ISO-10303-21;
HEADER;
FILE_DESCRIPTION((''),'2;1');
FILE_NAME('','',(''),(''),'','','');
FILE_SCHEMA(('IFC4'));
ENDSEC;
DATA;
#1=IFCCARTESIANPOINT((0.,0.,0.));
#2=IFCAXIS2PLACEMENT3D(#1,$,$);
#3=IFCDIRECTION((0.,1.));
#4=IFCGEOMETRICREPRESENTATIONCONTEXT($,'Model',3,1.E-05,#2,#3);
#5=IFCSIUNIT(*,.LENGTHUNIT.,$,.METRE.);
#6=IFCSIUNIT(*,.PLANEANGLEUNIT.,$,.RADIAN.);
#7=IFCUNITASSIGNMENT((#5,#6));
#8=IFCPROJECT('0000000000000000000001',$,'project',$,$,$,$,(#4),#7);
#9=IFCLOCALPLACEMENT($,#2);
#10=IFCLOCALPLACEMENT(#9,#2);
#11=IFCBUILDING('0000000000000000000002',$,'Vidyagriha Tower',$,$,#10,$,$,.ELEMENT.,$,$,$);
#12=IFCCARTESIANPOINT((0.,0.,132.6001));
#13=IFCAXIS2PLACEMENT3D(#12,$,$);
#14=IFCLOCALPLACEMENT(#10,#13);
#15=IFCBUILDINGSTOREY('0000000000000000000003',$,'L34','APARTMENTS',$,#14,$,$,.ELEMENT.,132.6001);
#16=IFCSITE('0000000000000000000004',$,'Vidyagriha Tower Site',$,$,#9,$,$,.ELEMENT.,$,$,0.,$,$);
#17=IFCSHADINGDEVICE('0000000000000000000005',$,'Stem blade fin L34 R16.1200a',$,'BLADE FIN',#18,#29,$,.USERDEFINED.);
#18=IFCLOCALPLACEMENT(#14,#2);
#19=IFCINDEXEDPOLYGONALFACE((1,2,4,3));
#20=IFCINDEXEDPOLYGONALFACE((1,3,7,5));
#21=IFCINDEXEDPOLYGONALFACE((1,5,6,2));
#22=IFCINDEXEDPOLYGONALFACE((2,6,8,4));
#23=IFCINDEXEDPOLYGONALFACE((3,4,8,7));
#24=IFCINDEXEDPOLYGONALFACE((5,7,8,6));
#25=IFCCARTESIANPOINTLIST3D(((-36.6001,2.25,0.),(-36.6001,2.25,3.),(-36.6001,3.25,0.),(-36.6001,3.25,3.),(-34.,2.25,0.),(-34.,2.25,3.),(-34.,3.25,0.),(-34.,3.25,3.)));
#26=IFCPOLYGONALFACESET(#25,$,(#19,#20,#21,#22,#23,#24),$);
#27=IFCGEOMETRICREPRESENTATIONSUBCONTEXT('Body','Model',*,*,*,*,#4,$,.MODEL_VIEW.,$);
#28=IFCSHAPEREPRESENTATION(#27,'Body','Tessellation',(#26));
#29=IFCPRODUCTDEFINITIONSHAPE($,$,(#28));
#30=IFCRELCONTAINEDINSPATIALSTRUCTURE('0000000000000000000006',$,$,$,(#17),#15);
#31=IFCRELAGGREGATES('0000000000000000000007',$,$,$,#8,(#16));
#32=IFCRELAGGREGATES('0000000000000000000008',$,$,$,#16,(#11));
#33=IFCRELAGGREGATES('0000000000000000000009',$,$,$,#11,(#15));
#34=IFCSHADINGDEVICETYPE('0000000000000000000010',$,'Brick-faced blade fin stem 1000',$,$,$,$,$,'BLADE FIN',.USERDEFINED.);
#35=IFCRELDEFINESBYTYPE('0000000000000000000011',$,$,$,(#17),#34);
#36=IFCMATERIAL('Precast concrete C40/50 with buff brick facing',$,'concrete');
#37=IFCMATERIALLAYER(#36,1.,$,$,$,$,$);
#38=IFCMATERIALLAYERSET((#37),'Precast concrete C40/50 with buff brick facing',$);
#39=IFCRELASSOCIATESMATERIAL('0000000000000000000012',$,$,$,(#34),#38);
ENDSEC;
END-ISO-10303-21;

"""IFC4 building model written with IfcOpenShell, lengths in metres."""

from ifc_helpers import new_model, si_unit, direction, frame, origin, place, context, subcontext, project, spatial, polyline, outline, extrude, material, layer, layer_set, type_object, element, save


model = new_model("IFC4")

# Units and contexts
model_context = context("Model", 3, precision=1e-05, world=origin(), true_north=direction((0.0, 1.0)))
body_context = subcontext(model_context, "Body", "Model", "MODEL_VIEW")
ifc_project = project(units=[si_unit("LENGTHUNIT", "METRE"), si_unit("PLANEANGLEUNIT", "RADIAN")], contexts=[model_context])

# Site, building, storey
site_placement = place(None, origin())
site = spatial("IfcSite", under=ifc_project, at=site_placement, Name="Vidyagriha Tower Site", CompositionType="ELEMENT", RefElevation=0.0)
building_placement = place(site_placement, origin())
building = spatial("IfcBuilding", under=site, at=building_placement, Name="Vidyagriha Tower", CompositionType="ELEMENT")
storey_placement = place(building_placement, frame((0.0, 0.0, 132.6001)))
storey = spatial("IfcBuildingStorey", under=building, at=storey_placement, Name="L34", Description="APARTMENTS", CompositionType="ELEMENT", Elevation=132.6001)

# Shading device
ifc_material_1 = material(Name="Precast concrete C40/50 with buff brick facing", Category="concrete")
ifc_layer_1 = layer(ifc_material_1, 1.0)
ifc_layer_set_1 = layer_set([ifc_layer_1], Name="Precast concrete C40/50 with buff brick facing")
shading_device_type_1 = type_object("IfcShadingDeviceType", Name="Brick-faced blade fin stem 1000", ElementType="BLADE FIN", PredefinedType="USERDEFINED", material=ifc_layer_set_1)
shading_device_1_placement = place(storey_placement, frame((-35.3, 3.25, 0.0), z_axis=(0.0, 0.0, 1.0), x_axis=(0.0, -1.0, 0.0)))
element("IfcShadingDevice", 1, at=shading_device_1_placement, inside=storey, type_object=shading_device_type_1, Name="Stem blade fin L34 R16.1200a", ObjectType="BLADE FIN", PredefinedType="USERDEFINED", context=body_context, shape_type="SweptSolid", body=[
    extrude(outline(polyline([(0.0, 0.0), (1.0, 0.0), (1.0, 3.0), (0.0, 3.0), (0.0, 0.0)])), frame((0.0, 1.3, 0.0), z_axis=(0.0, -1.0, 0.0), x_axis=(1.0, 0.0, 0.0)), (0.0, 0.0, 1.0), 2.6001),
])

save(model, "model.ifc")
